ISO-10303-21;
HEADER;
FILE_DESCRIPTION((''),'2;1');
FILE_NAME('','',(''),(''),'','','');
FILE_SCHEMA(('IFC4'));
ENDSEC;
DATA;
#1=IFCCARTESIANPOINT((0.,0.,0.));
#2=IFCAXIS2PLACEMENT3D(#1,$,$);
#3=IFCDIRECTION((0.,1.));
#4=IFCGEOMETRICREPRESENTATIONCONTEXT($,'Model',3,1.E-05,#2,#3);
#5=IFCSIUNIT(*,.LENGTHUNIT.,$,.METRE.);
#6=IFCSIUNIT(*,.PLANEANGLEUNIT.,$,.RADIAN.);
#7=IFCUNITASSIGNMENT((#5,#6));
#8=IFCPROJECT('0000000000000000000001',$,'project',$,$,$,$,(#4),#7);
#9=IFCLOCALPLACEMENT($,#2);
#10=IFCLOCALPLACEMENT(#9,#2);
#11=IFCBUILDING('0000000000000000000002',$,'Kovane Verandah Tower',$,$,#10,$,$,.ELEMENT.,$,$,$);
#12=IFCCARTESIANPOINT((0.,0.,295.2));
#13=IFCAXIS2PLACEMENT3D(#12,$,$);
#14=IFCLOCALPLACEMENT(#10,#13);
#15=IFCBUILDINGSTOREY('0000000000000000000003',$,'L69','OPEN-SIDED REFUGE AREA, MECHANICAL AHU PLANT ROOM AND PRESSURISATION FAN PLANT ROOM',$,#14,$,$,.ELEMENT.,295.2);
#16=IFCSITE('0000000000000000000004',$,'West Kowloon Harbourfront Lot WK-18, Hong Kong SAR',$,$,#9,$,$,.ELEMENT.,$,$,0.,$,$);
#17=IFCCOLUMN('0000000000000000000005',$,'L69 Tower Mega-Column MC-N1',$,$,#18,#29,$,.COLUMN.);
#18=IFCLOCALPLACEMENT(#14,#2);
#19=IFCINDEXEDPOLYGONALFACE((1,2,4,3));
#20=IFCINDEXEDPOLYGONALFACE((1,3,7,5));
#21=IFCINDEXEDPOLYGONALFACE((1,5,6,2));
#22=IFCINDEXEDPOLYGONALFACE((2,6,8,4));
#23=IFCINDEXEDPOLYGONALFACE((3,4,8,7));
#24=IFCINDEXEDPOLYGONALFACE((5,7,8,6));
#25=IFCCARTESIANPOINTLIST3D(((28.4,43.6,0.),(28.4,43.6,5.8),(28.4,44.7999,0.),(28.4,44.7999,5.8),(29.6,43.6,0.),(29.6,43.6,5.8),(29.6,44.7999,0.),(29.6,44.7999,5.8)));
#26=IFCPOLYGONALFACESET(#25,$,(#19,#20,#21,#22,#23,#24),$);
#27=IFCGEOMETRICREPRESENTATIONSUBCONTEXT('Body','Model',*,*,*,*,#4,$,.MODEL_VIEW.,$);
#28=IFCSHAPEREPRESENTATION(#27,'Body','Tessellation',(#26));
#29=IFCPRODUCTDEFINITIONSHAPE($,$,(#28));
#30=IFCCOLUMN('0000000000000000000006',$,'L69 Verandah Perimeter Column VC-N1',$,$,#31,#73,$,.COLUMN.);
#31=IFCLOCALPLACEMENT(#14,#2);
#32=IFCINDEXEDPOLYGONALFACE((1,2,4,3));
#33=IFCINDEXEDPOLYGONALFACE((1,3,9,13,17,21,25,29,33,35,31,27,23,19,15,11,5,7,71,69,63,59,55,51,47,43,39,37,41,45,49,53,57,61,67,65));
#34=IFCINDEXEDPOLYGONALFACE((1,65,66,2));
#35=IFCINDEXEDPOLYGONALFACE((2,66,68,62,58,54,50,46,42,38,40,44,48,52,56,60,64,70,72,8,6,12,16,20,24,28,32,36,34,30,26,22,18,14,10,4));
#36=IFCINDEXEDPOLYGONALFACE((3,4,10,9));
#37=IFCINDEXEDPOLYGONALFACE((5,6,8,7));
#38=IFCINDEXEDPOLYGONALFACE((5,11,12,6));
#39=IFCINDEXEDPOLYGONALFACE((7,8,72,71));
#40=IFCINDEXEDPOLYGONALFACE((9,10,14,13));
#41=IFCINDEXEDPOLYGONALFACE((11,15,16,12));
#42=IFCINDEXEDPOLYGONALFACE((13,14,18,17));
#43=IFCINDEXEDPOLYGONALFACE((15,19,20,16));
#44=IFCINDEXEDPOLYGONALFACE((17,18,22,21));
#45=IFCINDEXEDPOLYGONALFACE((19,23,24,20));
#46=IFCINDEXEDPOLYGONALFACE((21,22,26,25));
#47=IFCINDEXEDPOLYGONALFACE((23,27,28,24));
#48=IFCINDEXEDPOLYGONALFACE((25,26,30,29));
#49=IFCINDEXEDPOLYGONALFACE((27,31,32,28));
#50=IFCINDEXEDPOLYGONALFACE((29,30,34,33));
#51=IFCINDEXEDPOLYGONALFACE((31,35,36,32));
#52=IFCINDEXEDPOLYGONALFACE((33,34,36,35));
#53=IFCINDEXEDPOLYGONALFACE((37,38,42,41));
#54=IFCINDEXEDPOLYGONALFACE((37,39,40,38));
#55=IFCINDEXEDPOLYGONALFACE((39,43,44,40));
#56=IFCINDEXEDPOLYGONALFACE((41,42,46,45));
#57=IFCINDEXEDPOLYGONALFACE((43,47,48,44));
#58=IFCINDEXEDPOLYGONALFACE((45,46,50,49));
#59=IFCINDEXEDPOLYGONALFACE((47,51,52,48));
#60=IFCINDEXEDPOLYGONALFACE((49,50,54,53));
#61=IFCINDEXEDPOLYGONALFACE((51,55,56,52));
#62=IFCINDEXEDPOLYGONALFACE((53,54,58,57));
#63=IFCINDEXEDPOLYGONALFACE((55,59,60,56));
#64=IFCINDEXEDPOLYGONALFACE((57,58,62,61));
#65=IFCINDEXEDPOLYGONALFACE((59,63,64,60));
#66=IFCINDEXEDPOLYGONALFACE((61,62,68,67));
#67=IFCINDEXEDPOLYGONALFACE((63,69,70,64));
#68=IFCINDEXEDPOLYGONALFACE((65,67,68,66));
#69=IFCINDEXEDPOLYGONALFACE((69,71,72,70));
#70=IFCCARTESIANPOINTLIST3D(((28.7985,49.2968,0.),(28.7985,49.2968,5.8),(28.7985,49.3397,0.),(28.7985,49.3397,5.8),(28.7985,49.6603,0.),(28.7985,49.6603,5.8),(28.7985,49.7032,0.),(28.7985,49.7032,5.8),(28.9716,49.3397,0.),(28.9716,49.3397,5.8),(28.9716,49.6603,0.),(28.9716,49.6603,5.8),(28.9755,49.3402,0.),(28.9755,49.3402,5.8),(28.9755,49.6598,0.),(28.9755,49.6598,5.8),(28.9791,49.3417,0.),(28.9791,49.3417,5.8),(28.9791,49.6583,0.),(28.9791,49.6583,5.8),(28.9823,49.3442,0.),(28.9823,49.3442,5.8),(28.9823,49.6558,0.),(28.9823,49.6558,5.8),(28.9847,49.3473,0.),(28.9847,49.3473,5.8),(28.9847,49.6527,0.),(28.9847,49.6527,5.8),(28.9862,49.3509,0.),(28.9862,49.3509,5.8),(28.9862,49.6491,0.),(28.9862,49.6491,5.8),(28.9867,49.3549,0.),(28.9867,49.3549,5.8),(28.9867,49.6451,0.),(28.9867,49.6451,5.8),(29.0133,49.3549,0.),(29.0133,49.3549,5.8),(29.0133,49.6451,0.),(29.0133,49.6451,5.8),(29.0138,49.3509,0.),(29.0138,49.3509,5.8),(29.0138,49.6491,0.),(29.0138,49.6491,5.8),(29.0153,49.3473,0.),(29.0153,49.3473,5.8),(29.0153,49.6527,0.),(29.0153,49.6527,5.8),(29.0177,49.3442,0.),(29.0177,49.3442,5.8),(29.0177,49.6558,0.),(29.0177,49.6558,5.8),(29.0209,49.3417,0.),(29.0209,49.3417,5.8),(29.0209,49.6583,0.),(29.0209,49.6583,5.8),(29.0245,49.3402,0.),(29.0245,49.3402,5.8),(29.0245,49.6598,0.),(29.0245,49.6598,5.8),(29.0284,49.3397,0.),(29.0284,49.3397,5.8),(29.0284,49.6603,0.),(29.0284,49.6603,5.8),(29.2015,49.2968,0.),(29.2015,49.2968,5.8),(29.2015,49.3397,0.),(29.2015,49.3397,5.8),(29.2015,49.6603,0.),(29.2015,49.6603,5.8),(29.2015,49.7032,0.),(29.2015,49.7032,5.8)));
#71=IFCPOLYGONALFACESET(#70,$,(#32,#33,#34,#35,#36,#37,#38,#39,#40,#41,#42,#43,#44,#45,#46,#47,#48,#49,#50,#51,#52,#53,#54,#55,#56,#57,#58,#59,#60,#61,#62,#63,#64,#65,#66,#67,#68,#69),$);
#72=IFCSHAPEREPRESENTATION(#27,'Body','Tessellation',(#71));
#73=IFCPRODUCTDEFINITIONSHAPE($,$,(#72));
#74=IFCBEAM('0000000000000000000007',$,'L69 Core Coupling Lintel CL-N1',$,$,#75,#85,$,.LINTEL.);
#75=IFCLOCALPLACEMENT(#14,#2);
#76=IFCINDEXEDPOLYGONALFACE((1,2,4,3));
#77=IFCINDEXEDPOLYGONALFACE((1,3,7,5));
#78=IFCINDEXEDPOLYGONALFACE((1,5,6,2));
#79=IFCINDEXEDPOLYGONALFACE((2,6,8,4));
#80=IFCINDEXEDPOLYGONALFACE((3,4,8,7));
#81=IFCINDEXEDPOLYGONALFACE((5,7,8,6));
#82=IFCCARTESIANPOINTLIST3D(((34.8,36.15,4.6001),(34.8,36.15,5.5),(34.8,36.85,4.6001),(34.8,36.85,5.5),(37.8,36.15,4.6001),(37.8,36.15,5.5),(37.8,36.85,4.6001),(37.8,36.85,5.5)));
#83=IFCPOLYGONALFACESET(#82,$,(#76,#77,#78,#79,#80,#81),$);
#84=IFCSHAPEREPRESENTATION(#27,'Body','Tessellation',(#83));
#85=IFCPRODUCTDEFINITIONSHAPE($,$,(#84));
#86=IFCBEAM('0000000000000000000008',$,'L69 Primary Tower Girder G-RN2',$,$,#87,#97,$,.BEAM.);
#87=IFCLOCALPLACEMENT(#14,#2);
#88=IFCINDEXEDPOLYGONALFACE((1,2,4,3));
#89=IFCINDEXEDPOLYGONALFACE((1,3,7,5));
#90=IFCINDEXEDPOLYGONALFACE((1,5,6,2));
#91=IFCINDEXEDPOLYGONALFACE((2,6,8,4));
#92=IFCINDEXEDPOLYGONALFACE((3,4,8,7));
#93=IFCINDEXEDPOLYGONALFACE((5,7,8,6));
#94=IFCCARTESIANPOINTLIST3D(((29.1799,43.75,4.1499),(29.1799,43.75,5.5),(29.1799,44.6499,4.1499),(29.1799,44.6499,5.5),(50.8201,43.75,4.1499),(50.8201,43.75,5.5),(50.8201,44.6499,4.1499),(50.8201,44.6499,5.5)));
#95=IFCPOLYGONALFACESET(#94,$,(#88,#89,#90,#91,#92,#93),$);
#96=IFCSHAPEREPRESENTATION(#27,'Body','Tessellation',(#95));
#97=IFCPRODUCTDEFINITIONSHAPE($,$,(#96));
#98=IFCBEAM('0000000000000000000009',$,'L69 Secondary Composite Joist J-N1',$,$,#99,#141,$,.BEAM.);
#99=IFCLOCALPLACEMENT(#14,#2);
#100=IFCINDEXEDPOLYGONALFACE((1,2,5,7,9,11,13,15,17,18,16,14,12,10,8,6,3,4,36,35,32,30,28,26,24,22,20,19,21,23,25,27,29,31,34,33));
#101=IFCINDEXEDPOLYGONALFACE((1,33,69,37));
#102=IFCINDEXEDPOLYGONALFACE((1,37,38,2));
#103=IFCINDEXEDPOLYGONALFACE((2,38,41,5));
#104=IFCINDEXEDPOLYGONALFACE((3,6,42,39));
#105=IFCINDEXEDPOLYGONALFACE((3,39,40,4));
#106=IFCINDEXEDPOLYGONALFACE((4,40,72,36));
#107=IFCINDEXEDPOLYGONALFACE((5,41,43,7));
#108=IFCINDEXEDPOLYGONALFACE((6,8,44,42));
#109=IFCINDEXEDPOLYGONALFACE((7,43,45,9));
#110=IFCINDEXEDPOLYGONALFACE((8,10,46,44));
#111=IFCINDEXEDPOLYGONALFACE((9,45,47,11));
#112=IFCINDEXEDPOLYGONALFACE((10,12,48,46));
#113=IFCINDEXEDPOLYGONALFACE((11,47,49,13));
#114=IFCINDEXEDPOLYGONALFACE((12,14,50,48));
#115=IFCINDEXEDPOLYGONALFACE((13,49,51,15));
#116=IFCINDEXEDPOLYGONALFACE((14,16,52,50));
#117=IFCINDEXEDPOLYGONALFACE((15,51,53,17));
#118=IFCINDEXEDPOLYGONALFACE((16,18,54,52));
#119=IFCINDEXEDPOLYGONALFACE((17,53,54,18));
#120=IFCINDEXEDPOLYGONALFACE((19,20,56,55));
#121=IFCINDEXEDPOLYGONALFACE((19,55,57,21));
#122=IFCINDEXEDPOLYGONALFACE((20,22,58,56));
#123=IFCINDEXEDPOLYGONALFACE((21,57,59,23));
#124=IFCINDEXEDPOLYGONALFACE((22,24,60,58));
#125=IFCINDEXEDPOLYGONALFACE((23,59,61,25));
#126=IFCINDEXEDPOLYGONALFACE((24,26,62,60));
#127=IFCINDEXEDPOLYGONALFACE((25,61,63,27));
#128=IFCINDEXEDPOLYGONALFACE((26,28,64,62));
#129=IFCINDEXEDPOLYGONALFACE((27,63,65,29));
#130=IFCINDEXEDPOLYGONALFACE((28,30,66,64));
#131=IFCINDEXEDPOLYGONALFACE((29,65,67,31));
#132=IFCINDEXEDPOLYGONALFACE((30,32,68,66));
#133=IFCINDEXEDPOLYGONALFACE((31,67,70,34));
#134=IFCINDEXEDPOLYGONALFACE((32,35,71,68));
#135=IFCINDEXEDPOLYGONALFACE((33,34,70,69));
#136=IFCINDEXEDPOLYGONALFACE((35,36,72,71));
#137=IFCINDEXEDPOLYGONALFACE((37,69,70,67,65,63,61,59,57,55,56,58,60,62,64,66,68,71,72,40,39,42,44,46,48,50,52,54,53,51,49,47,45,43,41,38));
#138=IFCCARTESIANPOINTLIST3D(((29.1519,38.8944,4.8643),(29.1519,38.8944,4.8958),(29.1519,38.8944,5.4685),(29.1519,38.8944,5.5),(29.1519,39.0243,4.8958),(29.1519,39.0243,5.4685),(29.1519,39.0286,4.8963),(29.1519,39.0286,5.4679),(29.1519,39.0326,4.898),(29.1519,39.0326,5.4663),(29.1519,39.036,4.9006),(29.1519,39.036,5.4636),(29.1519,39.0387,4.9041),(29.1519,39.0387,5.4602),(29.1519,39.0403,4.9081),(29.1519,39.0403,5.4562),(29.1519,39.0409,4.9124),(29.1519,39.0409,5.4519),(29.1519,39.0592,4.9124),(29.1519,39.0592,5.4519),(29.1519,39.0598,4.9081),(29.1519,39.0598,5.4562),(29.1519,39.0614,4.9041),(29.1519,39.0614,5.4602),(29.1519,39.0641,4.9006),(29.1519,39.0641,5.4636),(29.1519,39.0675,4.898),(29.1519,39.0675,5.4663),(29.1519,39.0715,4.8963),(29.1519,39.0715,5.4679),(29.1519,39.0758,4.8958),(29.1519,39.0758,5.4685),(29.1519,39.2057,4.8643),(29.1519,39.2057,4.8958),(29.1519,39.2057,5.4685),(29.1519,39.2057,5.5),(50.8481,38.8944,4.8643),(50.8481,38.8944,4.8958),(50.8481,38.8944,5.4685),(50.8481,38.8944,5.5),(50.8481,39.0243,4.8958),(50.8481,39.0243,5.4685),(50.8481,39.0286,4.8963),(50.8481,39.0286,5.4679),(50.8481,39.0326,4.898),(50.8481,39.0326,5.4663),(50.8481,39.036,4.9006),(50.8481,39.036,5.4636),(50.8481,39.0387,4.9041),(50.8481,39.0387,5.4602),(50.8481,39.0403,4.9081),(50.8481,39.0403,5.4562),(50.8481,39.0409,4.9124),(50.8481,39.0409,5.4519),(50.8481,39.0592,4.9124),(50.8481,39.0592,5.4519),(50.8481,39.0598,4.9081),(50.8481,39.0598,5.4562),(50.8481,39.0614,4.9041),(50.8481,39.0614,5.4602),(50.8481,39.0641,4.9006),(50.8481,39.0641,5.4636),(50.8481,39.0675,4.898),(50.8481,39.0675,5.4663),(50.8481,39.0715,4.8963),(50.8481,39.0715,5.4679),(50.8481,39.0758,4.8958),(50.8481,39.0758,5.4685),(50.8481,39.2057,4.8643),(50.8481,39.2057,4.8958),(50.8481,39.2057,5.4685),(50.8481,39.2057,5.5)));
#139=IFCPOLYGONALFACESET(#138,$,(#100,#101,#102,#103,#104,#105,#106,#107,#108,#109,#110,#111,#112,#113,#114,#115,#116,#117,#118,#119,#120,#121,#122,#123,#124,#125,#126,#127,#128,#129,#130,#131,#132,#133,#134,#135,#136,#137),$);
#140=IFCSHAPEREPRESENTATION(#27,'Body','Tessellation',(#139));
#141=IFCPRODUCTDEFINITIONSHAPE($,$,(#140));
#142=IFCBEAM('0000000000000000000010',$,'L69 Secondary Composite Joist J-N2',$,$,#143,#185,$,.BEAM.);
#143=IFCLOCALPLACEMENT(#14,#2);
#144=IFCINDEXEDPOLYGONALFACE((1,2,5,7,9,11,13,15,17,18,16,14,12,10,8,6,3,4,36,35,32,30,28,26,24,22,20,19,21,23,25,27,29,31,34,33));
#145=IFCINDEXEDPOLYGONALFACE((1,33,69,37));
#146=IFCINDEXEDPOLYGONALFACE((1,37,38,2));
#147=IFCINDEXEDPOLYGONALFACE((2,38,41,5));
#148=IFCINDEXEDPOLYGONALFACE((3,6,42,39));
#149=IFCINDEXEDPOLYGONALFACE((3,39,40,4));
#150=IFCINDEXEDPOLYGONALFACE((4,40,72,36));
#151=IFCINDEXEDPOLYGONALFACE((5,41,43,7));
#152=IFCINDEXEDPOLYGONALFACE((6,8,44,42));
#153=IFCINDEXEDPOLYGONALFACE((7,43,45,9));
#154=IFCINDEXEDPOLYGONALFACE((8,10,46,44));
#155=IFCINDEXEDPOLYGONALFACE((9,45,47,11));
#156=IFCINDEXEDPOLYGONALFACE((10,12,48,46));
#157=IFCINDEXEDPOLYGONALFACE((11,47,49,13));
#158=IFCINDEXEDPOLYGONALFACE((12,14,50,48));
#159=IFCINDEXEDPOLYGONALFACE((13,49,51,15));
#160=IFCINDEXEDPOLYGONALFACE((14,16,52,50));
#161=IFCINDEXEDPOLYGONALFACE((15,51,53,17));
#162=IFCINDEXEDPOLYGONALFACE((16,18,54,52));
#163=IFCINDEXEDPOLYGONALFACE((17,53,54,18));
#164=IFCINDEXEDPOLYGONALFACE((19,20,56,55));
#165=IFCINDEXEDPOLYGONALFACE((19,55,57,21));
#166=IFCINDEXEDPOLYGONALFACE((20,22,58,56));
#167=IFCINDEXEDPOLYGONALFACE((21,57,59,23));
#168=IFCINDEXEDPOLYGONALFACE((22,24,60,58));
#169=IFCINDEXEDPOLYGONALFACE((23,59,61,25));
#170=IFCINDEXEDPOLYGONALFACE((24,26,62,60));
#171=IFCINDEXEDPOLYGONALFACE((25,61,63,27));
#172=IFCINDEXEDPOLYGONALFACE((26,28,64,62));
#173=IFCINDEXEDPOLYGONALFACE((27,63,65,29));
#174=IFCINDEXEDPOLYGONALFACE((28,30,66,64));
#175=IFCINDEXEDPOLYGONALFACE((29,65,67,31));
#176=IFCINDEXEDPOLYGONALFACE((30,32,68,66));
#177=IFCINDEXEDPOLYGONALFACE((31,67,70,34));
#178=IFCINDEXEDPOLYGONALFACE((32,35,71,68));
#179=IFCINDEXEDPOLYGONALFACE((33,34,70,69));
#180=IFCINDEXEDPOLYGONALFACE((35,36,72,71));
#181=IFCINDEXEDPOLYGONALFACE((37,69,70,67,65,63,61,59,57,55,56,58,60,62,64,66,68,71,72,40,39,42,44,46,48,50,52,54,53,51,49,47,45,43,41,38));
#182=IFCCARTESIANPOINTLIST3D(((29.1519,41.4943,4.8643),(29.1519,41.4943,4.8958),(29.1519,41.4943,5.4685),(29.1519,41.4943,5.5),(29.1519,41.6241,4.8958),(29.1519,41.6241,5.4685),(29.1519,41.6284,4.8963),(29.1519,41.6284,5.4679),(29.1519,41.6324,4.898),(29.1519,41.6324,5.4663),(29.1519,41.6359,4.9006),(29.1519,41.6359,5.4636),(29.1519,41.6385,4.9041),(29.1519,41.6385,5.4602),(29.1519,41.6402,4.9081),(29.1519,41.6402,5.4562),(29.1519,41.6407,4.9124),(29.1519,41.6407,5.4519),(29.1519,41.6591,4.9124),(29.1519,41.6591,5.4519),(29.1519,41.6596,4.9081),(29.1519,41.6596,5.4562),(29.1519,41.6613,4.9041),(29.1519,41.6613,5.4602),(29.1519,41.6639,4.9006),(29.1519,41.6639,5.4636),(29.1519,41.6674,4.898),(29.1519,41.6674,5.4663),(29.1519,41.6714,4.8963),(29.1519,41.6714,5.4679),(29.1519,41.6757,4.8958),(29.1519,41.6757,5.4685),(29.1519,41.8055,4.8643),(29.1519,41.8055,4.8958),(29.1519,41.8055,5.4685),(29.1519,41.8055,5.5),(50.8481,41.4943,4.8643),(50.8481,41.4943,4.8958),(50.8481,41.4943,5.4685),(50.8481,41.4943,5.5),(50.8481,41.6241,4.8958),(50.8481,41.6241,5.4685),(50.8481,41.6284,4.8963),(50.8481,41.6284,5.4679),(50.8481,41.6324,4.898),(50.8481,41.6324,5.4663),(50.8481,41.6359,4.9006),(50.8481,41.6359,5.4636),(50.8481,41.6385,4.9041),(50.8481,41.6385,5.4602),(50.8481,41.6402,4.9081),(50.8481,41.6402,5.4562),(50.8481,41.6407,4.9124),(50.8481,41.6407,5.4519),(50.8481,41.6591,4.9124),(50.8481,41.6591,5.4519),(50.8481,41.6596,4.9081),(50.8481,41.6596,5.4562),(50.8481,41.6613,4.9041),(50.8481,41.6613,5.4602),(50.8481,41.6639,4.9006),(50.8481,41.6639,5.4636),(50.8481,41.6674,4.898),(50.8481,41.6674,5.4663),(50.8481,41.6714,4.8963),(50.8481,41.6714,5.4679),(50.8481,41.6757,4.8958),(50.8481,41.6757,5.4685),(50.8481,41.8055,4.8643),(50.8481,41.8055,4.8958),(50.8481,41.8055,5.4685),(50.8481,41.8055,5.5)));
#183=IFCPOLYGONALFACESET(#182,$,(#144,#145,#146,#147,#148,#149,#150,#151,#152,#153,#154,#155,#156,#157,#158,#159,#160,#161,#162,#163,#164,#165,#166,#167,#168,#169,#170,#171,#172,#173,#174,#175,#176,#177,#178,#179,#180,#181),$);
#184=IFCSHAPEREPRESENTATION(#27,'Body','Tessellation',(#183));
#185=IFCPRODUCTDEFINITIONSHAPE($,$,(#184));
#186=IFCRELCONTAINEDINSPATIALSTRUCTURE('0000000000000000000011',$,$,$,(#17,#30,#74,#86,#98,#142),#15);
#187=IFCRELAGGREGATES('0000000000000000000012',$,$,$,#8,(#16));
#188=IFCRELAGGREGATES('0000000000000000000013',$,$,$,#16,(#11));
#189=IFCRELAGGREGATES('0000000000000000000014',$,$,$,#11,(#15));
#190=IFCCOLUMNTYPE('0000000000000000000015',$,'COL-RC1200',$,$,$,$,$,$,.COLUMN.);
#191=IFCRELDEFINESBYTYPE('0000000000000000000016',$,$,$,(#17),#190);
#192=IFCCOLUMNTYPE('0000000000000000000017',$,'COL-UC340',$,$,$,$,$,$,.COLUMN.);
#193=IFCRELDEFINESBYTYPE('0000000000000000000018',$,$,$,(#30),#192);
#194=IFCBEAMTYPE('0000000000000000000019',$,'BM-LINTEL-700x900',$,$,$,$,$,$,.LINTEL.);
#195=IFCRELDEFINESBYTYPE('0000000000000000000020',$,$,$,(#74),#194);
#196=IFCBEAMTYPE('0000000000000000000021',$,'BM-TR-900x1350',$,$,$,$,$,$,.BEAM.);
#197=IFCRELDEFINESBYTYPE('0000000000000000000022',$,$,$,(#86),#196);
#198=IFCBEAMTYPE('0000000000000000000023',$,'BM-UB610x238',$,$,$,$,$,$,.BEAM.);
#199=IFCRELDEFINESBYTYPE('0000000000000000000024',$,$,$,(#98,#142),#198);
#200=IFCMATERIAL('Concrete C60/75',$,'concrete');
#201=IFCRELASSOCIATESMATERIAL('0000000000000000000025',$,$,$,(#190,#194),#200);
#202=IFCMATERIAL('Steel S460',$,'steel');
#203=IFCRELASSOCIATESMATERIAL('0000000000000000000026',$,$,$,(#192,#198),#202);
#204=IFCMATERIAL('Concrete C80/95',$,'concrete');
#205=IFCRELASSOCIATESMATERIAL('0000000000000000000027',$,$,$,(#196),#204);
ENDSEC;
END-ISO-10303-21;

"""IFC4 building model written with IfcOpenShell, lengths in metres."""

from ifc_helpers import new_model, si_unit, direction, frame, origin, origin_2d, place, context, subcontext, project, spatial, rectangle, i_section, extrude, material, material_profile, profile_set, type_object, element, save


model = new_model("IFC4")

# Units and contexts
model_context = context("Model", 3, precision=1e-05, world=origin(), true_north=direction((0.0, 1.0)))
body_context = subcontext(model_context, "Body", "Model", "MODEL_VIEW")
ifc_project = project(units=[si_unit("LENGTHUNIT", "METRE"), si_unit("PLANEANGLEUNIT", "RADIAN")], contexts=[model_context])

# Site, building, storey
site_placement = place(None, origin())
site = spatial("IfcSite", under=ifc_project, at=site_placement, Name="West Kowloon Harbourfront Lot WK-18, Hong Kong SAR", CompositionType="ELEMENT", RefElevation=0.0)
building_placement = place(site_placement, origin())
building = spatial("IfcBuilding", under=site, at=building_placement, Name="Kovane Verandah Tower", CompositionType="ELEMENT")
storey_placement = place(building_placement, frame((0.0, 0.0, 295.2)))
storey = spatial("IfcBuildingStorey", under=building, at=storey_placement, Name="L69", Description="OPEN-SIDED REFUGE AREA, MECHANICAL AHU PLANT ROOM AND PRESSURISATION FAN PLANT ROOM", CompositionType="ELEMENT", Elevation=295.2)

# Columns
ifc_material_1 = material(Name="Concrete C60/75", Category="concrete")
ifc_material_profile_1 = material_profile(ifc_material_1, rectangle(XDim=1.2, YDim=1.2, at=origin_2d()), Name="RC1200x1200")
ifc_profile_set_1 = profile_set([ifc_material_profile_1], Name="Concrete C60/75")
column_type_1 = type_object("IfcColumnType", Name="COL-RC1200", PredefinedType="COLUMN", material=ifc_profile_set_1)
column_1_placement = place(storey_placement, frame((29.0, 44.2, 0.0), z_axis=(0.0, 0.0, 1.0), x_axis=(1.0, 0.0, 0.0)))
element("IfcColumn", 1, at=column_1_placement, inside=storey, type_object=column_type_1, Name="L69 Tower Mega-Column MC-N1", PredefinedType="COLUMN", context=body_context, shape_type="SweptSolid", body=[
    extrude(rectangle(XDim=1.2, YDim=1.2, at=origin_2d()), origin(), (0.0, 0.0, 1.0), 5.8),
])
ifc_material_2 = material(Name="Steel S460", Category="steel")
ifc_material_profile_2 = material_profile(ifc_material_2, i_section(OverallWidth=0.4031, OverallDepth=0.4065, WebThickness=0.0266, FlangeThickness=0.043, FilletRadius=0.0151, at=origin_2d()), Name="UC356x406x340")
ifc_profile_set_2 = profile_set([ifc_material_profile_2], Name="Steel S460")
column_type_2 = type_object("IfcColumnType", Name="COL-UC340", PredefinedType="COLUMN", material=ifc_profile_set_2)
column_2_placement = place(storey_placement, frame((29.0, 49.5, 0.0), z_axis=(0.0, 0.0, 1.0), x_axis=(1.0, 0.0, 0.0)))
element("IfcColumn", 2, at=column_2_placement, inside=storey, type_object=column_type_2, Name="L69 Verandah Perimeter Column VC-N1", PredefinedType="COLUMN", context=body_context, shape_type="SweptSolid", body=[
    extrude(i_section(OverallWidth=0.4031, OverallDepth=0.4065, WebThickness=0.0266, FlangeThickness=0.043, FilletRadius=0.0151, at=origin_2d()), origin(), (0.0, 0.0, 1.0), 5.8),
])

# Beams
ifc_material_profile_3 = material_profile(ifc_material_1, rectangle(XDim=0.7, YDim=0.8999, at=origin_2d()), Name="RCB700x900")
ifc_profile_set_3 = profile_set([ifc_material_profile_3], Name="Concrete C60/75")
beam_type_1 = type_object("IfcBeamType", Name="BM-LINTEL-700x900", PredefinedType="LINTEL", material=ifc_profile_set_3)
beam_1_placement = place(storey_placement, frame((34.8, 36.5, 5.05), z_axis=(1.0, 0.0, 0.0), x_axis=(0.0, 1.0, 0.0)))
element("IfcBeam", 3, at=beam_1_placement, inside=storey, type_object=beam_type_1, Name="L69 Core Coupling Lintel CL-N1", PredefinedType="LINTEL", context=body_context, shape_type="SweptSolid", body=[
    extrude(rectangle(XDim=0.7, YDim=0.8999, at=origin_2d()), origin(), (0.0, 0.0, 1.0), 3.0),
])
ifc_material_3 = material(Name="Concrete C80/95", Category="concrete")
ifc_material_profile_4 = material_profile(ifc_material_3, rectangle(XDim=0.8999, YDim=1.3501, at=origin_2d()), Name="RCB900x1350")
ifc_profile_set_4 = profile_set([ifc_material_profile_4], Name="Concrete C80/95")
beam_type_2 = type_object("IfcBeamType", Name="BM-TR-900x1350", PredefinedType="BEAM", material=ifc_profile_set_4)
beam_2_placement = place(storey_placement, frame((29.1799, 44.2, 4.825), z_axis=(1.0, 0.0, 0.0), x_axis=(0.0, 1.0, 0.0)))
element("IfcBeam", 4, at=beam_2_placement, inside=storey, type_object=beam_type_2, Name="L69 Primary Tower Girder G-RN2", PredefinedType="BEAM", context=body_context, shape_type="SweptSolid", body=[
    extrude(rectangle(XDim=0.8999, YDim=1.3501, at=origin_2d()), origin(), (0.0, 0.0, 1.0), 21.6401),
])
ifc_material_profile_5 = material_profile(ifc_material_2, i_section(OverallWidth=0.3113, OverallDepth=0.6357, WebThickness=0.0183, FlangeThickness=0.0315, FilletRadius=0.0166, at=origin_2d()), Name="UB610x305x238")
ifc_profile_set_5 = profile_set([ifc_material_profile_5], Name="Steel S460")
beam_type_3 = type_object("IfcBeamType", Name="BM-UB610x238", PredefinedType="BEAM", material=ifc_profile_set_5)
for number, where, z_axis, x_axis, name in (
    (5, (29.1519, 39.05, 5.1821), (1.0, 0.0, 0.0), (0.0, 1.0, 0.0), "L69 Secondary Composite Joist J-N1"),
    (6, (29.1519, 41.6499, 5.1821), (1.0, 0.0, 0.0), (0.0, 1.0, 0.0), "L69 Secondary Composite Joist J-N2"),
):
    element("IfcBeam", number, at=place(storey_placement, frame(where, z_axis=z_axis, x_axis=x_axis)), inside=storey, type_object=beam_type_3, Name=name, PredefinedType="BEAM", context=body_context, shape_type="SweptSolid", body=[
        extrude(i_section(OverallWidth=0.3113, OverallDepth=0.6357, WebThickness=0.0183, FlangeThickness=0.0315, FilletRadius=0.0166, at=origin_2d()), origin(), (0.0, 0.0, 1.0), 21.6963),
    ])

save(model, "model.ifc")
